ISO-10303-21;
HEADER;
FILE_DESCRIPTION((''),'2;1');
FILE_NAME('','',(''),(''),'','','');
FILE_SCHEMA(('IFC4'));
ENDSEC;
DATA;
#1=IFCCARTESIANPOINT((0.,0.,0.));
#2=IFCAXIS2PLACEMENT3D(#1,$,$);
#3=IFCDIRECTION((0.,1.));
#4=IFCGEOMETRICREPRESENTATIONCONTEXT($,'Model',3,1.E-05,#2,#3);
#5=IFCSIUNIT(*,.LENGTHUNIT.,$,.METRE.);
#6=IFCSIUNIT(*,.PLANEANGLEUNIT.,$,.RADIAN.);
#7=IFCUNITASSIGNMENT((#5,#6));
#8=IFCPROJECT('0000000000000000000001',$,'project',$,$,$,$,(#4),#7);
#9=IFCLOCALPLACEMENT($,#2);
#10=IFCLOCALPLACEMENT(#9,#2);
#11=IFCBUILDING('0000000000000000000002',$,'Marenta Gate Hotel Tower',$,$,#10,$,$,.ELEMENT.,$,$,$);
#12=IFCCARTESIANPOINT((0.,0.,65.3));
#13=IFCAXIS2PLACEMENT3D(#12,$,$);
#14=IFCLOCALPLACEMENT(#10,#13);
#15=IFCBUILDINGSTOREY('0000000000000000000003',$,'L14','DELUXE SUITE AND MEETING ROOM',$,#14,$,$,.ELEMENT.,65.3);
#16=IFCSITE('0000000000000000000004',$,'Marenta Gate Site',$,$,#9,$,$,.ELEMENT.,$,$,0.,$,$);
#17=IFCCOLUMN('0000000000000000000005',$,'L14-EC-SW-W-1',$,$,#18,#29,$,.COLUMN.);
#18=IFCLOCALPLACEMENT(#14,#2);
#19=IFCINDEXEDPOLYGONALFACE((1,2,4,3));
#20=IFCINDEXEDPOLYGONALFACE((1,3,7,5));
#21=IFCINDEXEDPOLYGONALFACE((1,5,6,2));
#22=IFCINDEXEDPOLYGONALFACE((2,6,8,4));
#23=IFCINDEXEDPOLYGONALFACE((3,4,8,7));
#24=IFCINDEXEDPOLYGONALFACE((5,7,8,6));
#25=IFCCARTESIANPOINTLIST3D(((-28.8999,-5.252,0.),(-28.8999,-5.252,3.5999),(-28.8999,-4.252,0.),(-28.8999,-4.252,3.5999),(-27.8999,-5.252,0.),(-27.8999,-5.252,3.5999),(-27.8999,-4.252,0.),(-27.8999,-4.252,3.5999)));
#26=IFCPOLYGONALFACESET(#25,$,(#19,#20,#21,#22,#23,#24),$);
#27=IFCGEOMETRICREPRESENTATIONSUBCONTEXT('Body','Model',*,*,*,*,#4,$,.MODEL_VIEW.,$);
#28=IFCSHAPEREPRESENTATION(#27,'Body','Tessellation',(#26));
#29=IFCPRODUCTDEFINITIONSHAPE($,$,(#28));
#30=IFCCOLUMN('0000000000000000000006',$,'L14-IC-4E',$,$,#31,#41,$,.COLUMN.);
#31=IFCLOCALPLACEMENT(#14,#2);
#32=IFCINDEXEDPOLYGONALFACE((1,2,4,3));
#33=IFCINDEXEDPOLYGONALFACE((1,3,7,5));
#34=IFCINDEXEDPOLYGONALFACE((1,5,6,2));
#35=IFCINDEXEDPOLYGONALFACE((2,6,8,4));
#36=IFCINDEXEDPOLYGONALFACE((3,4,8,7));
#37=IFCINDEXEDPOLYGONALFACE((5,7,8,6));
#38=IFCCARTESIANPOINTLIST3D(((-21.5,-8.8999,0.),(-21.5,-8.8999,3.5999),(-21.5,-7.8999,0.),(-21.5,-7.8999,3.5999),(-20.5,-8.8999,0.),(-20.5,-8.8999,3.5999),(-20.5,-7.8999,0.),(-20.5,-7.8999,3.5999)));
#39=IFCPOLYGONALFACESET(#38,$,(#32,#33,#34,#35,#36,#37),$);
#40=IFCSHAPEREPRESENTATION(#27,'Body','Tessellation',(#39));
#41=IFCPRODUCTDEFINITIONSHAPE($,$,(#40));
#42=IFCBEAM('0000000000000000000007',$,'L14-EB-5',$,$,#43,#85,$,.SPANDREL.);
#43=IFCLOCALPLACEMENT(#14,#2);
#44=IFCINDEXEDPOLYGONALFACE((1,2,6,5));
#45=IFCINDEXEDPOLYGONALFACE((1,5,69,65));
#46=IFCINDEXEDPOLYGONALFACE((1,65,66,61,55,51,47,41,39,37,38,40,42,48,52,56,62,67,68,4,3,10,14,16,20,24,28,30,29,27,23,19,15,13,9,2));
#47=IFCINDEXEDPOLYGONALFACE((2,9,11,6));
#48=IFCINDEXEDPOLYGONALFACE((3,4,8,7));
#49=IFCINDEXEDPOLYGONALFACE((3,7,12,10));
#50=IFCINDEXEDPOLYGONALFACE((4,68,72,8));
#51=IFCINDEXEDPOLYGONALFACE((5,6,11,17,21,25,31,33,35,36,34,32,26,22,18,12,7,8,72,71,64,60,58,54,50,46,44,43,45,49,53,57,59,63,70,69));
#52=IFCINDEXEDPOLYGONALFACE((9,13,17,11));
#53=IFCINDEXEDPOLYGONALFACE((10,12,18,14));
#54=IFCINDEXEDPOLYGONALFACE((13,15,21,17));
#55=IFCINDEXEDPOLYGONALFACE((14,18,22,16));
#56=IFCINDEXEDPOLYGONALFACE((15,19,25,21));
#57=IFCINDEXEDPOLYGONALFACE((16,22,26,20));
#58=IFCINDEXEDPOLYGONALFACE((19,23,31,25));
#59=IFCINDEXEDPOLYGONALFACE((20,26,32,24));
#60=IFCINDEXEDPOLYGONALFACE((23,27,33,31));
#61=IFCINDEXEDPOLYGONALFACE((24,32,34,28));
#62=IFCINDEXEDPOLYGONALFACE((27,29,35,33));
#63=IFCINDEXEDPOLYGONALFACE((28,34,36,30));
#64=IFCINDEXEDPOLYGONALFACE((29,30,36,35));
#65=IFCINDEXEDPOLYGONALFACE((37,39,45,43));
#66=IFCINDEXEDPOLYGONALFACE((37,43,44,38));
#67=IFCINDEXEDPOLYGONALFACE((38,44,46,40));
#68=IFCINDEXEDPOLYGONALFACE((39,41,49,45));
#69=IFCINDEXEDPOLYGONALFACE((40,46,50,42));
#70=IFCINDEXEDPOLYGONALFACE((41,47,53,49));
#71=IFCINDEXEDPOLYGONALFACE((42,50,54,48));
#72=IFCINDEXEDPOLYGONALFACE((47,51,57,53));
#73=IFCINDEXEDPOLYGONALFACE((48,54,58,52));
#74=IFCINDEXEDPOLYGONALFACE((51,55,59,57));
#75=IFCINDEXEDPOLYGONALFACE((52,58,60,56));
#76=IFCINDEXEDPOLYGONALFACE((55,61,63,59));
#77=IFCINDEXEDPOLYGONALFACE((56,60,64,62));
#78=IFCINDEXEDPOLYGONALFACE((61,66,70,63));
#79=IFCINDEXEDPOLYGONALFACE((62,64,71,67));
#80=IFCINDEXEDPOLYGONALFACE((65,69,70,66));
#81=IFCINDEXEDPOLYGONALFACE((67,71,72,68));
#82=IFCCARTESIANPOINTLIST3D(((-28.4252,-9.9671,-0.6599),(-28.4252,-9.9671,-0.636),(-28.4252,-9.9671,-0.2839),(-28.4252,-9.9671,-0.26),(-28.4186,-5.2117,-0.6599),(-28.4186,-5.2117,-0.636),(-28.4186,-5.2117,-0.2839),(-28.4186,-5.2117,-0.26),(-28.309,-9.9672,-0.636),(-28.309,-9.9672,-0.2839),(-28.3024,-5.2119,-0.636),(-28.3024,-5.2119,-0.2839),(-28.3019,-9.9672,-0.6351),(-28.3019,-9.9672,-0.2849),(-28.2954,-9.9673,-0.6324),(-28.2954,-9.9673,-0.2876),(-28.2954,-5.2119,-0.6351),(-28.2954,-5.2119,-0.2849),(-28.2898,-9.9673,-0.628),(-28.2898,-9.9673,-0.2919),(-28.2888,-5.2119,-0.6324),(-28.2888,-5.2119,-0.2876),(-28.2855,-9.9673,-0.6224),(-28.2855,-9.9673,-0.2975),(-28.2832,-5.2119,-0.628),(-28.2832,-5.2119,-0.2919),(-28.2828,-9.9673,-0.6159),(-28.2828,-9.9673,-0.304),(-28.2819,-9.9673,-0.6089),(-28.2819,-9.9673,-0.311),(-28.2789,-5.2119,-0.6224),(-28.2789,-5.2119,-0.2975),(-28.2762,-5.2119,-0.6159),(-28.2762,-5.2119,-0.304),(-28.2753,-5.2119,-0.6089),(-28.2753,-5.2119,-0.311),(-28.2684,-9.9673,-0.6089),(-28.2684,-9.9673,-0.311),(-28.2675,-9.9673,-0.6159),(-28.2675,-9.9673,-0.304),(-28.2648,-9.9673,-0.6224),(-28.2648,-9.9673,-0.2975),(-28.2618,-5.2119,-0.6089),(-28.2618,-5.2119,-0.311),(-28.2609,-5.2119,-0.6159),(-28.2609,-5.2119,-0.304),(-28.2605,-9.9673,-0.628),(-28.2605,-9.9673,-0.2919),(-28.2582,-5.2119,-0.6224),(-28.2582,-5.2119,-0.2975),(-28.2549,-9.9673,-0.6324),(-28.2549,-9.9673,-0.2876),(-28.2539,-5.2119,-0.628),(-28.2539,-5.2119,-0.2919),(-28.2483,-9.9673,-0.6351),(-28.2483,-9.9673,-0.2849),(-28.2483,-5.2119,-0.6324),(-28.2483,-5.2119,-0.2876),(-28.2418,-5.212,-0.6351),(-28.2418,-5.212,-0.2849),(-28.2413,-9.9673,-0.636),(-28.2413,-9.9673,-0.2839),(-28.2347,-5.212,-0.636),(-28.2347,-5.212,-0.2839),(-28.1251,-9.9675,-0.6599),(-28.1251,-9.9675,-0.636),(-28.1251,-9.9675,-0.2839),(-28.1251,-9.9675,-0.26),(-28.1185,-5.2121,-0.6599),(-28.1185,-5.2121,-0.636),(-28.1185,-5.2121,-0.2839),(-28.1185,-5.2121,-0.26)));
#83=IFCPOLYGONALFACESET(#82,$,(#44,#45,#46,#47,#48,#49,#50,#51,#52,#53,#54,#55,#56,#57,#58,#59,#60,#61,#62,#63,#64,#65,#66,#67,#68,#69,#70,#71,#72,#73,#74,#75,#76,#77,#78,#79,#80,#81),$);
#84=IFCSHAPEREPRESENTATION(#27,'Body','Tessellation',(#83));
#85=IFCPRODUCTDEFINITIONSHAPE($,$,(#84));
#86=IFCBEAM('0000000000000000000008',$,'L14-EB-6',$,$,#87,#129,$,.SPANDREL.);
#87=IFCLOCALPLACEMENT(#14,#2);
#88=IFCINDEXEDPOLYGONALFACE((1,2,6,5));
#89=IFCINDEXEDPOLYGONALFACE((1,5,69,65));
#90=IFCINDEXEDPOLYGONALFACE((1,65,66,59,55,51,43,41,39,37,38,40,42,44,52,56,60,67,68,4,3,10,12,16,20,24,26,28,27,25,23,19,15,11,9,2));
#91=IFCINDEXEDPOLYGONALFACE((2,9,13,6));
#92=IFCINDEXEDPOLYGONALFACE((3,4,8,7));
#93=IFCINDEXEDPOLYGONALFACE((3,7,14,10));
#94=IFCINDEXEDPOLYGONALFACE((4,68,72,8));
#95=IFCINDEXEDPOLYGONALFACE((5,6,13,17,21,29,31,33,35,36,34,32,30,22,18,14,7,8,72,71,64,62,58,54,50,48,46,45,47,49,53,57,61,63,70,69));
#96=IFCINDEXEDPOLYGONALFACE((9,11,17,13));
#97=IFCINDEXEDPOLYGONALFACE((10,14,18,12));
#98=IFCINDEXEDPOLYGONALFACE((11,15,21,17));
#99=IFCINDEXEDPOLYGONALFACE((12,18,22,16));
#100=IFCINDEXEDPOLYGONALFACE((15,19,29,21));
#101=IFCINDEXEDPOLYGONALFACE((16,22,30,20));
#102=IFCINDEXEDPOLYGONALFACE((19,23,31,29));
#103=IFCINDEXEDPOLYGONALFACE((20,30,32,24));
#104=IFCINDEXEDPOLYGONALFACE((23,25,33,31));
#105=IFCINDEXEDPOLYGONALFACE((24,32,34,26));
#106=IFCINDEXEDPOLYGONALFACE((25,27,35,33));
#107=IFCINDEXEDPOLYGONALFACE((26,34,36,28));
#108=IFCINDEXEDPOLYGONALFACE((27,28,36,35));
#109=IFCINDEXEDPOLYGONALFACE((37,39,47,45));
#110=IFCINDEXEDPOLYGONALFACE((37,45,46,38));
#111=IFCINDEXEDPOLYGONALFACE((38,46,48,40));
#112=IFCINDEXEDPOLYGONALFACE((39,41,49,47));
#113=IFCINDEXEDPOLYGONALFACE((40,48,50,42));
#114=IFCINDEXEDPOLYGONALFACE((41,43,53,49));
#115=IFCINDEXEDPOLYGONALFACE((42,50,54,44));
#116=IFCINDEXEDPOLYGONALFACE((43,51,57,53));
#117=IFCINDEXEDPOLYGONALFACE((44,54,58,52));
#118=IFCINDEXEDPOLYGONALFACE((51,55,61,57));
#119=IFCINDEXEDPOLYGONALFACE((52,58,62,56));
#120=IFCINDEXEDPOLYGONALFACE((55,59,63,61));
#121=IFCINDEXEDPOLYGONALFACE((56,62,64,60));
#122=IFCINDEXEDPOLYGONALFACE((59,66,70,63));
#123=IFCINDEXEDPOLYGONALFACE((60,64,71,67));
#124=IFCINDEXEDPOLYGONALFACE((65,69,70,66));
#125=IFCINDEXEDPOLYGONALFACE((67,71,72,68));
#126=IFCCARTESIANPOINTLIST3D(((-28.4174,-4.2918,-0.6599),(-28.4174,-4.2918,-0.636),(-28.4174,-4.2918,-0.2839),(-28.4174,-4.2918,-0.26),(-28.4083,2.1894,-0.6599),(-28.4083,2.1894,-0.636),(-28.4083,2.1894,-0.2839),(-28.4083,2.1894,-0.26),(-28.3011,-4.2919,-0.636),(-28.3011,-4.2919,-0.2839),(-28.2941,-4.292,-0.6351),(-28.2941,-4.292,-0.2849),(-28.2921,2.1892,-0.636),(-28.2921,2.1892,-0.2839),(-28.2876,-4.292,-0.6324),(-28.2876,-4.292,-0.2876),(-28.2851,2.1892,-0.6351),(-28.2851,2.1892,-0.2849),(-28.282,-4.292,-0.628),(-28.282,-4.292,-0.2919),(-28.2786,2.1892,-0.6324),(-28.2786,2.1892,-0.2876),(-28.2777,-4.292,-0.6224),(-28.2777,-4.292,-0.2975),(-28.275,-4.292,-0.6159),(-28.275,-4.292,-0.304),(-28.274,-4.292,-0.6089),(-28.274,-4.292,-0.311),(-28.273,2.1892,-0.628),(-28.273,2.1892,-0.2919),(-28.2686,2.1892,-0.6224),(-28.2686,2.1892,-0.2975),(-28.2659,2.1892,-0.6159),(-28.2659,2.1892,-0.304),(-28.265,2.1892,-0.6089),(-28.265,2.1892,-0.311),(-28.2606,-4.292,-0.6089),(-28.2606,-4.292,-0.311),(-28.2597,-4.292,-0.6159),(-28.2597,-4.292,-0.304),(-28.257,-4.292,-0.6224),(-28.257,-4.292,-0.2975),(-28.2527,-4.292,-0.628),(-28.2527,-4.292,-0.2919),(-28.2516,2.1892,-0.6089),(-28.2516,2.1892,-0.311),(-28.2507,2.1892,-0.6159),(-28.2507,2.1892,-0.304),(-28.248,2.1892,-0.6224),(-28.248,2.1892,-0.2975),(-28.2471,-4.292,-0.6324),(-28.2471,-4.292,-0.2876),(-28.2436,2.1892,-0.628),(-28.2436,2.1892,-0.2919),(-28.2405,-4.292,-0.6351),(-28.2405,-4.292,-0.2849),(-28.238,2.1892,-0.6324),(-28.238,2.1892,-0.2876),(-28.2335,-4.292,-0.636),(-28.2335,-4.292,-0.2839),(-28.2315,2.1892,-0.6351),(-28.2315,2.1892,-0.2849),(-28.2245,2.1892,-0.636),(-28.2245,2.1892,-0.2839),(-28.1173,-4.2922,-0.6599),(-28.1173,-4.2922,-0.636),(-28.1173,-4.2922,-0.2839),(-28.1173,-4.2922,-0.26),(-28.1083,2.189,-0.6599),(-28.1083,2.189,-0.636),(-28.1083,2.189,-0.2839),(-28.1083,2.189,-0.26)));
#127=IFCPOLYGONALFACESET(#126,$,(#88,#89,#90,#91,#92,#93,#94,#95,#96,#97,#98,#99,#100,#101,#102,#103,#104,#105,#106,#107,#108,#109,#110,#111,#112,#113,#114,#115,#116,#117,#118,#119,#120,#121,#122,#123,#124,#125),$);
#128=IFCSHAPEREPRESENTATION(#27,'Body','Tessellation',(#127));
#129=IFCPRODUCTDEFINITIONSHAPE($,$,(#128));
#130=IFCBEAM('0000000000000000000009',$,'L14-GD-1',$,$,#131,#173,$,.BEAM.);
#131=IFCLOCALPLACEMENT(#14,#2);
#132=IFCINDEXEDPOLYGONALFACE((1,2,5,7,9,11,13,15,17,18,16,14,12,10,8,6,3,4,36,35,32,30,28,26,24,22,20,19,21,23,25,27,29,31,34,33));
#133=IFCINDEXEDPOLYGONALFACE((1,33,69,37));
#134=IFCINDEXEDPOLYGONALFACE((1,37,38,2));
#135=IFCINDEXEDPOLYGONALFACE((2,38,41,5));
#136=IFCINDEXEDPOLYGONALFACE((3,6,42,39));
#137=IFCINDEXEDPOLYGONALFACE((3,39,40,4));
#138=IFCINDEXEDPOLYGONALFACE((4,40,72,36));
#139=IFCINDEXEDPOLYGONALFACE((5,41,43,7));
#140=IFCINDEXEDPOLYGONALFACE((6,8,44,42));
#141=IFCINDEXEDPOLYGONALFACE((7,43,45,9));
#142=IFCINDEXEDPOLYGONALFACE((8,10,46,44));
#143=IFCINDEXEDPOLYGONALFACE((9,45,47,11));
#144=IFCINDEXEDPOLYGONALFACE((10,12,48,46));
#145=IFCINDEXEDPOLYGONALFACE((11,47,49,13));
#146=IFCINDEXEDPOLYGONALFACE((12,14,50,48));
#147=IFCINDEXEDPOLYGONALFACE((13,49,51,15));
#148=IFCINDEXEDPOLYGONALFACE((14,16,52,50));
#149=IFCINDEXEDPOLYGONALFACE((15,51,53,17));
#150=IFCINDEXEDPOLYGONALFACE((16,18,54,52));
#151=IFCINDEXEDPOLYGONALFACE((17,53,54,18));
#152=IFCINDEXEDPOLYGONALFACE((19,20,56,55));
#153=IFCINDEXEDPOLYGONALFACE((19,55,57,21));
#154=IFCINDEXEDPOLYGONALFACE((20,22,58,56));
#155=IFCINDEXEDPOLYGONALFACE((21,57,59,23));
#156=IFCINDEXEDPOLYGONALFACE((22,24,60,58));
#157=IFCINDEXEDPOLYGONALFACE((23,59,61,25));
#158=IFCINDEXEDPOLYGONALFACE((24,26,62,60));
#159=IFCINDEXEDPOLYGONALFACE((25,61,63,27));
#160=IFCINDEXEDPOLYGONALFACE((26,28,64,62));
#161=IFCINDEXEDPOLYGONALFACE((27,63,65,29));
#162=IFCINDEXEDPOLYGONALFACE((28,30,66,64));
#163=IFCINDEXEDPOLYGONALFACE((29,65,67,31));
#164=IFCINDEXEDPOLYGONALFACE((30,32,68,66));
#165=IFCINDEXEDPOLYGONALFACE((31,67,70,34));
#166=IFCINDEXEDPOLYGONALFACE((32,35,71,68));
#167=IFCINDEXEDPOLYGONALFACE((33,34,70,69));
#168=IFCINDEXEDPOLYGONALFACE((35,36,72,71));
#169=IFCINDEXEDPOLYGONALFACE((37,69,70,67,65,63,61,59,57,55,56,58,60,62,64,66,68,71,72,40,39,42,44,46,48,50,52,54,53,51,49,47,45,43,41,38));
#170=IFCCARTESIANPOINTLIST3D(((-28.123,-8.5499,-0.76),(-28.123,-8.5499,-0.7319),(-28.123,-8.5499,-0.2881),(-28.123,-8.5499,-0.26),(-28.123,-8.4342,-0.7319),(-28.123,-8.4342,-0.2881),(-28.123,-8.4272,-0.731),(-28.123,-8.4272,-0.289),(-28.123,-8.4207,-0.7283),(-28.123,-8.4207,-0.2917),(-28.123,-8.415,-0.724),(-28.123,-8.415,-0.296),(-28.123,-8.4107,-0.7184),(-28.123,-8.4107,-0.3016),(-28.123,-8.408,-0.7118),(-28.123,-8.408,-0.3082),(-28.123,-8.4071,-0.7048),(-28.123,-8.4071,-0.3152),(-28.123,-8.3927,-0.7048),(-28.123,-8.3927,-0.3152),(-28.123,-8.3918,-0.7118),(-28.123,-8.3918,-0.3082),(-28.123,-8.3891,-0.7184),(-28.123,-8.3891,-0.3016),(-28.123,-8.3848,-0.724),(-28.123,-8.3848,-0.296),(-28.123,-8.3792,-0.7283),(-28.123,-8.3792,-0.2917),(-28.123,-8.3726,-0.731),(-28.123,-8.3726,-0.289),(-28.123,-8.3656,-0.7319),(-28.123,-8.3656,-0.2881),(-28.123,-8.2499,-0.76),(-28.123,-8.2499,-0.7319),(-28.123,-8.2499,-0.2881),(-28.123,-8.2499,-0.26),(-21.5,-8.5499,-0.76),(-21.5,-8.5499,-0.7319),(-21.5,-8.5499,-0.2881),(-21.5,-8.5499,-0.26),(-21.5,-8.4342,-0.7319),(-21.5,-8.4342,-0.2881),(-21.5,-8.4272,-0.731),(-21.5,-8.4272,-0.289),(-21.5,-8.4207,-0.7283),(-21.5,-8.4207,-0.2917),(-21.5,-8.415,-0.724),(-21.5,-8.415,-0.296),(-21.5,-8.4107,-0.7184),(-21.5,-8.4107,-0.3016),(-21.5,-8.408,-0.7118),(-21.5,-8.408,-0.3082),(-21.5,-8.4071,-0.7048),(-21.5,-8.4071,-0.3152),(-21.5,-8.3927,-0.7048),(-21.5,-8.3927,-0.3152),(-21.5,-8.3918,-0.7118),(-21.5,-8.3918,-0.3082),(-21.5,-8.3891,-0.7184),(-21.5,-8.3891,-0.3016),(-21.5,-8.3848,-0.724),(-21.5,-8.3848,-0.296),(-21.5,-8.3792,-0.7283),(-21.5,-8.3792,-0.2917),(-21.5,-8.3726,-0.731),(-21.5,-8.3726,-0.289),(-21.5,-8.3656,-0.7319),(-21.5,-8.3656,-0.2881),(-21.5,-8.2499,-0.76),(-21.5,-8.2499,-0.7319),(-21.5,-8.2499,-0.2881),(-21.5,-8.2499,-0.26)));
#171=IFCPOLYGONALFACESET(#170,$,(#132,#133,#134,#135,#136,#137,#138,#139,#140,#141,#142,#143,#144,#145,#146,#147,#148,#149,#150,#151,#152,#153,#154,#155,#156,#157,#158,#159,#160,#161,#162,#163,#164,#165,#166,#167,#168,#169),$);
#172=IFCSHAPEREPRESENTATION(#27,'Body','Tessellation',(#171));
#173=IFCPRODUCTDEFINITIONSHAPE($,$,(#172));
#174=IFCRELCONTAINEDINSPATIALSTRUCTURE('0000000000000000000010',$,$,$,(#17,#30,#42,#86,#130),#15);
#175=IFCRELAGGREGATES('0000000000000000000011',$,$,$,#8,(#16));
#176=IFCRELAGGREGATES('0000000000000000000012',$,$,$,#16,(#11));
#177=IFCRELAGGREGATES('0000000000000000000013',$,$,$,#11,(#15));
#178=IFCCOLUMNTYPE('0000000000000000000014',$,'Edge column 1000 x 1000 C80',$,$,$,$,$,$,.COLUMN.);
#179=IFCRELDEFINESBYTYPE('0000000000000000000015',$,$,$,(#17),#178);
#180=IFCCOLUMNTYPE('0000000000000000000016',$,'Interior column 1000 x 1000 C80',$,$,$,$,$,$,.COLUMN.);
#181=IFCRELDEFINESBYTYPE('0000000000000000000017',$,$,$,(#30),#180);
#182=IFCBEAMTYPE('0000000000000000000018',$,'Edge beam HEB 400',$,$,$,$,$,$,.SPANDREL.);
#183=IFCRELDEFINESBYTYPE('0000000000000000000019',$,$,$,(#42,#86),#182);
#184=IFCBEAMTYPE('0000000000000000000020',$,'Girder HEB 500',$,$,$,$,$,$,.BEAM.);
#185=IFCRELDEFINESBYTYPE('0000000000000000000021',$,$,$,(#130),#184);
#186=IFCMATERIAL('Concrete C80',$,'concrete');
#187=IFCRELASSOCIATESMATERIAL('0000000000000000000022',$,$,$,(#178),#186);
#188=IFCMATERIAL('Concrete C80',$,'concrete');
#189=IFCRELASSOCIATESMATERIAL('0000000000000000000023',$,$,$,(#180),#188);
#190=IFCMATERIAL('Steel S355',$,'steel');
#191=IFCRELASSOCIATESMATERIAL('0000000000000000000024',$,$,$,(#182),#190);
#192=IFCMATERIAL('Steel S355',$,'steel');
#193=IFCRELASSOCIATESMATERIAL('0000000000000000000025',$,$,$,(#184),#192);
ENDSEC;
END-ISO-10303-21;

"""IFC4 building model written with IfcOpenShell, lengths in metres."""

from ifc_helpers import new_model, si_unit, direction, frame, origin, origin_2d, place, context, subcontext, project, spatial, rectangle, i_section, extrude, material, material_profile, profile_set, type_object, element, save


model = new_model("IFC4")

# Units and contexts
model_context = context("Model", 3, precision=1e-05, world=origin(), true_north=direction((0.0, 1.0)))
body_context = subcontext(model_context, "Body", "Model", "MODEL_VIEW")
ifc_project = project(units=[si_unit("LENGTHUNIT", "METRE"), si_unit("PLANEANGLEUNIT", "RADIAN")], contexts=[model_context])

# Site, building, storey
site_placement = place(None, origin())
site = spatial("IfcSite", under=ifc_project, at=site_placement, Name="Marenta Gate Site", CompositionType="ELEMENT", RefElevation=0.0)
building_placement = place(site_placement, origin())
building = spatial("IfcBuilding", under=site, at=building_placement, Name="Marenta Gate Hotel Tower", CompositionType="ELEMENT")
storey_placement = place(building_placement, frame((0.0, 0.0, 65.3)))
storey = spatial("IfcBuildingStorey", under=building, at=storey_placement, Name="L14", Description="DELUXE SUITE AND MEETING ROOM", CompositionType="ELEMENT", Elevation=65.3)

# Columns
ifc_material_1 = material(Name="Concrete C80", Category="concrete")
ifc_material_profile_1 = material_profile(ifc_material_1, rectangle(XDim=1.0, YDim=1.0, at=origin_2d()), Name="1000 x 1000")
ifc_profile_set_1 = profile_set([ifc_material_profile_1], Name="Concrete C80")
column_type_1 = type_object("IfcColumnType", Name="Edge column 1000 x 1000 C80", PredefinedType="COLUMN", material=ifc_profile_set_1)
column_1_placement = place(storey_placement, frame((-28.3999, -4.752, 0.0), z_axis=(0.0, 0.0, 1.0), x_axis=(1.0, 0.0, 0.0)))
element("IfcColumn", 1, at=column_1_placement, inside=storey, type_object=column_type_1, Name="L14-EC-SW-W-1", PredefinedType="COLUMN", context=body_context, shape_type="SweptSolid", body=[
    extrude(rectangle(XDim=1.0, YDim=1.0, at=origin_2d()), origin(), (0.0, 0.0, 1.0), 3.5999),
])
ifc_material_2 = material(Name="Concrete C80", Category="concrete")
ifc_material_profile_2 = material_profile(ifc_material_2, rectangle(XDim=1.0, YDim=1.0, at=origin_2d()), Name="1000 x 1000")
ifc_profile_set_2 = profile_set([ifc_material_profile_2], Name="Concrete C80")
column_type_2 = type_object("IfcColumnType", Name="Interior column 1000 x 1000 C80", PredefinedType="COLUMN", material=ifc_profile_set_2)
column_2_placement = place(storey_placement, frame((-21.0, -8.3999, 0.0), z_axis=(0.0, 0.0, 1.0), x_axis=(1.0, 0.0, 0.0)))
element("IfcColumn", 2, at=column_2_placement, inside=storey, type_object=column_type_2, Name="L14-IC-4E", PredefinedType="COLUMN", context=body_context, shape_type="SweptSolid", body=[
    extrude(rectangle(XDim=1.0, YDim=1.0, at=origin_2d()), origin(), (0.0, 0.0, 1.0), 3.5999),
])

# Beams
ifc_material_3 = material(Name="Steel S355", Category="steel")
ifc_material_profile_3 = material_profile(ifc_material_3, i_section(OverallWidth=0.3, OverallDepth=0.3999, WebThickness=0.0134, FlangeThickness=0.0239, FilletRadius=0.0271, at=origin_2d()), Name="HEB 400")
ifc_profile_set_3 = profile_set([ifc_material_profile_3], Name="Steel S355")
beam_type_1 = type_object("IfcBeamType", Name="Edge beam HEB 400", PredefinedType="SPANDREL", material=ifc_profile_set_3)
beam_1_placement = place(storey_placement, frame((-28.2751, -9.9673, -0.46), z_axis=(0.001386, 0.999999, 0.0), x_axis=(-0.999999, 0.001386, 0.0)))
element("IfcBeam", 3, at=beam_1_placement, inside=storey, type_object=beam_type_1, Name="L14-EB-5", PredefinedType="SPANDREL", context=body_context, shape_type="SweptSolid", body=[
    extrude(i_section(OverallWidth=0.3, OverallDepth=0.3999, WebThickness=0.0134, FlangeThickness=0.0239, FilletRadius=0.0271, at=origin_2d()), origin(), (0.0, 0.0, 1.0), 4.7554),
])
beam_2_placement = place(storey_placement, frame((-28.2673, -4.292, -0.46), z_axis=(0.001394, 0.999999, 0.0), x_axis=(-0.999999, 0.001394, 0.0)))
element("IfcBeam", 4, at=beam_2_placement, inside=storey, type_object=beam_type_1, Name="L14-EB-6", PredefinedType="SPANDREL", context=body_context, shape_type="SweptSolid", body=[
    extrude(i_section(OverallWidth=0.3, OverallDepth=0.3999, WebThickness=0.0134, FlangeThickness=0.0239, FilletRadius=0.0271, at=origin_2d()), origin(), (0.0, 0.0, 1.0), 6.4812),
])
ifc_material_4 = material(Name="Steel S355", Category="steel")
ifc_material_profile_4 = material_profile(ifc_material_4, i_section(OverallWidth=0.3, OverallDepth=0.5, WebThickness=0.0144, FlangeThickness=0.0281, FilletRadius=0.0271, at=origin_2d()), Name="HEB 500")
ifc_profile_set_4 = profile_set([ifc_material_profile_4], Name="Steel S355")
beam_type_2 = type_object("IfcBeamType", Name="Girder HEB 500", PredefinedType="BEAM", material=ifc_profile_set_4)
beam_3_placement = place(storey_placement, frame((-28.123, -8.3999, -0.51), z_axis=(1.0, 0.0, 0.0), x_axis=(0.0, 1.0, 0.0)))
element("IfcBeam", 5, at=beam_3_placement, inside=storey, type_object=beam_type_2, Name="L14-GD-1", PredefinedType="BEAM", context=body_context, shape_type="SweptSolid", body=[
    extrude(i_section(OverallWidth=0.3, OverallDepth=0.5, WebThickness=0.0144, FlangeThickness=0.0281, FilletRadius=0.0271, at=origin_2d()), origin(), (0.0, 0.0, 1.0), 6.623),
])

save(model, "model.ifc")
